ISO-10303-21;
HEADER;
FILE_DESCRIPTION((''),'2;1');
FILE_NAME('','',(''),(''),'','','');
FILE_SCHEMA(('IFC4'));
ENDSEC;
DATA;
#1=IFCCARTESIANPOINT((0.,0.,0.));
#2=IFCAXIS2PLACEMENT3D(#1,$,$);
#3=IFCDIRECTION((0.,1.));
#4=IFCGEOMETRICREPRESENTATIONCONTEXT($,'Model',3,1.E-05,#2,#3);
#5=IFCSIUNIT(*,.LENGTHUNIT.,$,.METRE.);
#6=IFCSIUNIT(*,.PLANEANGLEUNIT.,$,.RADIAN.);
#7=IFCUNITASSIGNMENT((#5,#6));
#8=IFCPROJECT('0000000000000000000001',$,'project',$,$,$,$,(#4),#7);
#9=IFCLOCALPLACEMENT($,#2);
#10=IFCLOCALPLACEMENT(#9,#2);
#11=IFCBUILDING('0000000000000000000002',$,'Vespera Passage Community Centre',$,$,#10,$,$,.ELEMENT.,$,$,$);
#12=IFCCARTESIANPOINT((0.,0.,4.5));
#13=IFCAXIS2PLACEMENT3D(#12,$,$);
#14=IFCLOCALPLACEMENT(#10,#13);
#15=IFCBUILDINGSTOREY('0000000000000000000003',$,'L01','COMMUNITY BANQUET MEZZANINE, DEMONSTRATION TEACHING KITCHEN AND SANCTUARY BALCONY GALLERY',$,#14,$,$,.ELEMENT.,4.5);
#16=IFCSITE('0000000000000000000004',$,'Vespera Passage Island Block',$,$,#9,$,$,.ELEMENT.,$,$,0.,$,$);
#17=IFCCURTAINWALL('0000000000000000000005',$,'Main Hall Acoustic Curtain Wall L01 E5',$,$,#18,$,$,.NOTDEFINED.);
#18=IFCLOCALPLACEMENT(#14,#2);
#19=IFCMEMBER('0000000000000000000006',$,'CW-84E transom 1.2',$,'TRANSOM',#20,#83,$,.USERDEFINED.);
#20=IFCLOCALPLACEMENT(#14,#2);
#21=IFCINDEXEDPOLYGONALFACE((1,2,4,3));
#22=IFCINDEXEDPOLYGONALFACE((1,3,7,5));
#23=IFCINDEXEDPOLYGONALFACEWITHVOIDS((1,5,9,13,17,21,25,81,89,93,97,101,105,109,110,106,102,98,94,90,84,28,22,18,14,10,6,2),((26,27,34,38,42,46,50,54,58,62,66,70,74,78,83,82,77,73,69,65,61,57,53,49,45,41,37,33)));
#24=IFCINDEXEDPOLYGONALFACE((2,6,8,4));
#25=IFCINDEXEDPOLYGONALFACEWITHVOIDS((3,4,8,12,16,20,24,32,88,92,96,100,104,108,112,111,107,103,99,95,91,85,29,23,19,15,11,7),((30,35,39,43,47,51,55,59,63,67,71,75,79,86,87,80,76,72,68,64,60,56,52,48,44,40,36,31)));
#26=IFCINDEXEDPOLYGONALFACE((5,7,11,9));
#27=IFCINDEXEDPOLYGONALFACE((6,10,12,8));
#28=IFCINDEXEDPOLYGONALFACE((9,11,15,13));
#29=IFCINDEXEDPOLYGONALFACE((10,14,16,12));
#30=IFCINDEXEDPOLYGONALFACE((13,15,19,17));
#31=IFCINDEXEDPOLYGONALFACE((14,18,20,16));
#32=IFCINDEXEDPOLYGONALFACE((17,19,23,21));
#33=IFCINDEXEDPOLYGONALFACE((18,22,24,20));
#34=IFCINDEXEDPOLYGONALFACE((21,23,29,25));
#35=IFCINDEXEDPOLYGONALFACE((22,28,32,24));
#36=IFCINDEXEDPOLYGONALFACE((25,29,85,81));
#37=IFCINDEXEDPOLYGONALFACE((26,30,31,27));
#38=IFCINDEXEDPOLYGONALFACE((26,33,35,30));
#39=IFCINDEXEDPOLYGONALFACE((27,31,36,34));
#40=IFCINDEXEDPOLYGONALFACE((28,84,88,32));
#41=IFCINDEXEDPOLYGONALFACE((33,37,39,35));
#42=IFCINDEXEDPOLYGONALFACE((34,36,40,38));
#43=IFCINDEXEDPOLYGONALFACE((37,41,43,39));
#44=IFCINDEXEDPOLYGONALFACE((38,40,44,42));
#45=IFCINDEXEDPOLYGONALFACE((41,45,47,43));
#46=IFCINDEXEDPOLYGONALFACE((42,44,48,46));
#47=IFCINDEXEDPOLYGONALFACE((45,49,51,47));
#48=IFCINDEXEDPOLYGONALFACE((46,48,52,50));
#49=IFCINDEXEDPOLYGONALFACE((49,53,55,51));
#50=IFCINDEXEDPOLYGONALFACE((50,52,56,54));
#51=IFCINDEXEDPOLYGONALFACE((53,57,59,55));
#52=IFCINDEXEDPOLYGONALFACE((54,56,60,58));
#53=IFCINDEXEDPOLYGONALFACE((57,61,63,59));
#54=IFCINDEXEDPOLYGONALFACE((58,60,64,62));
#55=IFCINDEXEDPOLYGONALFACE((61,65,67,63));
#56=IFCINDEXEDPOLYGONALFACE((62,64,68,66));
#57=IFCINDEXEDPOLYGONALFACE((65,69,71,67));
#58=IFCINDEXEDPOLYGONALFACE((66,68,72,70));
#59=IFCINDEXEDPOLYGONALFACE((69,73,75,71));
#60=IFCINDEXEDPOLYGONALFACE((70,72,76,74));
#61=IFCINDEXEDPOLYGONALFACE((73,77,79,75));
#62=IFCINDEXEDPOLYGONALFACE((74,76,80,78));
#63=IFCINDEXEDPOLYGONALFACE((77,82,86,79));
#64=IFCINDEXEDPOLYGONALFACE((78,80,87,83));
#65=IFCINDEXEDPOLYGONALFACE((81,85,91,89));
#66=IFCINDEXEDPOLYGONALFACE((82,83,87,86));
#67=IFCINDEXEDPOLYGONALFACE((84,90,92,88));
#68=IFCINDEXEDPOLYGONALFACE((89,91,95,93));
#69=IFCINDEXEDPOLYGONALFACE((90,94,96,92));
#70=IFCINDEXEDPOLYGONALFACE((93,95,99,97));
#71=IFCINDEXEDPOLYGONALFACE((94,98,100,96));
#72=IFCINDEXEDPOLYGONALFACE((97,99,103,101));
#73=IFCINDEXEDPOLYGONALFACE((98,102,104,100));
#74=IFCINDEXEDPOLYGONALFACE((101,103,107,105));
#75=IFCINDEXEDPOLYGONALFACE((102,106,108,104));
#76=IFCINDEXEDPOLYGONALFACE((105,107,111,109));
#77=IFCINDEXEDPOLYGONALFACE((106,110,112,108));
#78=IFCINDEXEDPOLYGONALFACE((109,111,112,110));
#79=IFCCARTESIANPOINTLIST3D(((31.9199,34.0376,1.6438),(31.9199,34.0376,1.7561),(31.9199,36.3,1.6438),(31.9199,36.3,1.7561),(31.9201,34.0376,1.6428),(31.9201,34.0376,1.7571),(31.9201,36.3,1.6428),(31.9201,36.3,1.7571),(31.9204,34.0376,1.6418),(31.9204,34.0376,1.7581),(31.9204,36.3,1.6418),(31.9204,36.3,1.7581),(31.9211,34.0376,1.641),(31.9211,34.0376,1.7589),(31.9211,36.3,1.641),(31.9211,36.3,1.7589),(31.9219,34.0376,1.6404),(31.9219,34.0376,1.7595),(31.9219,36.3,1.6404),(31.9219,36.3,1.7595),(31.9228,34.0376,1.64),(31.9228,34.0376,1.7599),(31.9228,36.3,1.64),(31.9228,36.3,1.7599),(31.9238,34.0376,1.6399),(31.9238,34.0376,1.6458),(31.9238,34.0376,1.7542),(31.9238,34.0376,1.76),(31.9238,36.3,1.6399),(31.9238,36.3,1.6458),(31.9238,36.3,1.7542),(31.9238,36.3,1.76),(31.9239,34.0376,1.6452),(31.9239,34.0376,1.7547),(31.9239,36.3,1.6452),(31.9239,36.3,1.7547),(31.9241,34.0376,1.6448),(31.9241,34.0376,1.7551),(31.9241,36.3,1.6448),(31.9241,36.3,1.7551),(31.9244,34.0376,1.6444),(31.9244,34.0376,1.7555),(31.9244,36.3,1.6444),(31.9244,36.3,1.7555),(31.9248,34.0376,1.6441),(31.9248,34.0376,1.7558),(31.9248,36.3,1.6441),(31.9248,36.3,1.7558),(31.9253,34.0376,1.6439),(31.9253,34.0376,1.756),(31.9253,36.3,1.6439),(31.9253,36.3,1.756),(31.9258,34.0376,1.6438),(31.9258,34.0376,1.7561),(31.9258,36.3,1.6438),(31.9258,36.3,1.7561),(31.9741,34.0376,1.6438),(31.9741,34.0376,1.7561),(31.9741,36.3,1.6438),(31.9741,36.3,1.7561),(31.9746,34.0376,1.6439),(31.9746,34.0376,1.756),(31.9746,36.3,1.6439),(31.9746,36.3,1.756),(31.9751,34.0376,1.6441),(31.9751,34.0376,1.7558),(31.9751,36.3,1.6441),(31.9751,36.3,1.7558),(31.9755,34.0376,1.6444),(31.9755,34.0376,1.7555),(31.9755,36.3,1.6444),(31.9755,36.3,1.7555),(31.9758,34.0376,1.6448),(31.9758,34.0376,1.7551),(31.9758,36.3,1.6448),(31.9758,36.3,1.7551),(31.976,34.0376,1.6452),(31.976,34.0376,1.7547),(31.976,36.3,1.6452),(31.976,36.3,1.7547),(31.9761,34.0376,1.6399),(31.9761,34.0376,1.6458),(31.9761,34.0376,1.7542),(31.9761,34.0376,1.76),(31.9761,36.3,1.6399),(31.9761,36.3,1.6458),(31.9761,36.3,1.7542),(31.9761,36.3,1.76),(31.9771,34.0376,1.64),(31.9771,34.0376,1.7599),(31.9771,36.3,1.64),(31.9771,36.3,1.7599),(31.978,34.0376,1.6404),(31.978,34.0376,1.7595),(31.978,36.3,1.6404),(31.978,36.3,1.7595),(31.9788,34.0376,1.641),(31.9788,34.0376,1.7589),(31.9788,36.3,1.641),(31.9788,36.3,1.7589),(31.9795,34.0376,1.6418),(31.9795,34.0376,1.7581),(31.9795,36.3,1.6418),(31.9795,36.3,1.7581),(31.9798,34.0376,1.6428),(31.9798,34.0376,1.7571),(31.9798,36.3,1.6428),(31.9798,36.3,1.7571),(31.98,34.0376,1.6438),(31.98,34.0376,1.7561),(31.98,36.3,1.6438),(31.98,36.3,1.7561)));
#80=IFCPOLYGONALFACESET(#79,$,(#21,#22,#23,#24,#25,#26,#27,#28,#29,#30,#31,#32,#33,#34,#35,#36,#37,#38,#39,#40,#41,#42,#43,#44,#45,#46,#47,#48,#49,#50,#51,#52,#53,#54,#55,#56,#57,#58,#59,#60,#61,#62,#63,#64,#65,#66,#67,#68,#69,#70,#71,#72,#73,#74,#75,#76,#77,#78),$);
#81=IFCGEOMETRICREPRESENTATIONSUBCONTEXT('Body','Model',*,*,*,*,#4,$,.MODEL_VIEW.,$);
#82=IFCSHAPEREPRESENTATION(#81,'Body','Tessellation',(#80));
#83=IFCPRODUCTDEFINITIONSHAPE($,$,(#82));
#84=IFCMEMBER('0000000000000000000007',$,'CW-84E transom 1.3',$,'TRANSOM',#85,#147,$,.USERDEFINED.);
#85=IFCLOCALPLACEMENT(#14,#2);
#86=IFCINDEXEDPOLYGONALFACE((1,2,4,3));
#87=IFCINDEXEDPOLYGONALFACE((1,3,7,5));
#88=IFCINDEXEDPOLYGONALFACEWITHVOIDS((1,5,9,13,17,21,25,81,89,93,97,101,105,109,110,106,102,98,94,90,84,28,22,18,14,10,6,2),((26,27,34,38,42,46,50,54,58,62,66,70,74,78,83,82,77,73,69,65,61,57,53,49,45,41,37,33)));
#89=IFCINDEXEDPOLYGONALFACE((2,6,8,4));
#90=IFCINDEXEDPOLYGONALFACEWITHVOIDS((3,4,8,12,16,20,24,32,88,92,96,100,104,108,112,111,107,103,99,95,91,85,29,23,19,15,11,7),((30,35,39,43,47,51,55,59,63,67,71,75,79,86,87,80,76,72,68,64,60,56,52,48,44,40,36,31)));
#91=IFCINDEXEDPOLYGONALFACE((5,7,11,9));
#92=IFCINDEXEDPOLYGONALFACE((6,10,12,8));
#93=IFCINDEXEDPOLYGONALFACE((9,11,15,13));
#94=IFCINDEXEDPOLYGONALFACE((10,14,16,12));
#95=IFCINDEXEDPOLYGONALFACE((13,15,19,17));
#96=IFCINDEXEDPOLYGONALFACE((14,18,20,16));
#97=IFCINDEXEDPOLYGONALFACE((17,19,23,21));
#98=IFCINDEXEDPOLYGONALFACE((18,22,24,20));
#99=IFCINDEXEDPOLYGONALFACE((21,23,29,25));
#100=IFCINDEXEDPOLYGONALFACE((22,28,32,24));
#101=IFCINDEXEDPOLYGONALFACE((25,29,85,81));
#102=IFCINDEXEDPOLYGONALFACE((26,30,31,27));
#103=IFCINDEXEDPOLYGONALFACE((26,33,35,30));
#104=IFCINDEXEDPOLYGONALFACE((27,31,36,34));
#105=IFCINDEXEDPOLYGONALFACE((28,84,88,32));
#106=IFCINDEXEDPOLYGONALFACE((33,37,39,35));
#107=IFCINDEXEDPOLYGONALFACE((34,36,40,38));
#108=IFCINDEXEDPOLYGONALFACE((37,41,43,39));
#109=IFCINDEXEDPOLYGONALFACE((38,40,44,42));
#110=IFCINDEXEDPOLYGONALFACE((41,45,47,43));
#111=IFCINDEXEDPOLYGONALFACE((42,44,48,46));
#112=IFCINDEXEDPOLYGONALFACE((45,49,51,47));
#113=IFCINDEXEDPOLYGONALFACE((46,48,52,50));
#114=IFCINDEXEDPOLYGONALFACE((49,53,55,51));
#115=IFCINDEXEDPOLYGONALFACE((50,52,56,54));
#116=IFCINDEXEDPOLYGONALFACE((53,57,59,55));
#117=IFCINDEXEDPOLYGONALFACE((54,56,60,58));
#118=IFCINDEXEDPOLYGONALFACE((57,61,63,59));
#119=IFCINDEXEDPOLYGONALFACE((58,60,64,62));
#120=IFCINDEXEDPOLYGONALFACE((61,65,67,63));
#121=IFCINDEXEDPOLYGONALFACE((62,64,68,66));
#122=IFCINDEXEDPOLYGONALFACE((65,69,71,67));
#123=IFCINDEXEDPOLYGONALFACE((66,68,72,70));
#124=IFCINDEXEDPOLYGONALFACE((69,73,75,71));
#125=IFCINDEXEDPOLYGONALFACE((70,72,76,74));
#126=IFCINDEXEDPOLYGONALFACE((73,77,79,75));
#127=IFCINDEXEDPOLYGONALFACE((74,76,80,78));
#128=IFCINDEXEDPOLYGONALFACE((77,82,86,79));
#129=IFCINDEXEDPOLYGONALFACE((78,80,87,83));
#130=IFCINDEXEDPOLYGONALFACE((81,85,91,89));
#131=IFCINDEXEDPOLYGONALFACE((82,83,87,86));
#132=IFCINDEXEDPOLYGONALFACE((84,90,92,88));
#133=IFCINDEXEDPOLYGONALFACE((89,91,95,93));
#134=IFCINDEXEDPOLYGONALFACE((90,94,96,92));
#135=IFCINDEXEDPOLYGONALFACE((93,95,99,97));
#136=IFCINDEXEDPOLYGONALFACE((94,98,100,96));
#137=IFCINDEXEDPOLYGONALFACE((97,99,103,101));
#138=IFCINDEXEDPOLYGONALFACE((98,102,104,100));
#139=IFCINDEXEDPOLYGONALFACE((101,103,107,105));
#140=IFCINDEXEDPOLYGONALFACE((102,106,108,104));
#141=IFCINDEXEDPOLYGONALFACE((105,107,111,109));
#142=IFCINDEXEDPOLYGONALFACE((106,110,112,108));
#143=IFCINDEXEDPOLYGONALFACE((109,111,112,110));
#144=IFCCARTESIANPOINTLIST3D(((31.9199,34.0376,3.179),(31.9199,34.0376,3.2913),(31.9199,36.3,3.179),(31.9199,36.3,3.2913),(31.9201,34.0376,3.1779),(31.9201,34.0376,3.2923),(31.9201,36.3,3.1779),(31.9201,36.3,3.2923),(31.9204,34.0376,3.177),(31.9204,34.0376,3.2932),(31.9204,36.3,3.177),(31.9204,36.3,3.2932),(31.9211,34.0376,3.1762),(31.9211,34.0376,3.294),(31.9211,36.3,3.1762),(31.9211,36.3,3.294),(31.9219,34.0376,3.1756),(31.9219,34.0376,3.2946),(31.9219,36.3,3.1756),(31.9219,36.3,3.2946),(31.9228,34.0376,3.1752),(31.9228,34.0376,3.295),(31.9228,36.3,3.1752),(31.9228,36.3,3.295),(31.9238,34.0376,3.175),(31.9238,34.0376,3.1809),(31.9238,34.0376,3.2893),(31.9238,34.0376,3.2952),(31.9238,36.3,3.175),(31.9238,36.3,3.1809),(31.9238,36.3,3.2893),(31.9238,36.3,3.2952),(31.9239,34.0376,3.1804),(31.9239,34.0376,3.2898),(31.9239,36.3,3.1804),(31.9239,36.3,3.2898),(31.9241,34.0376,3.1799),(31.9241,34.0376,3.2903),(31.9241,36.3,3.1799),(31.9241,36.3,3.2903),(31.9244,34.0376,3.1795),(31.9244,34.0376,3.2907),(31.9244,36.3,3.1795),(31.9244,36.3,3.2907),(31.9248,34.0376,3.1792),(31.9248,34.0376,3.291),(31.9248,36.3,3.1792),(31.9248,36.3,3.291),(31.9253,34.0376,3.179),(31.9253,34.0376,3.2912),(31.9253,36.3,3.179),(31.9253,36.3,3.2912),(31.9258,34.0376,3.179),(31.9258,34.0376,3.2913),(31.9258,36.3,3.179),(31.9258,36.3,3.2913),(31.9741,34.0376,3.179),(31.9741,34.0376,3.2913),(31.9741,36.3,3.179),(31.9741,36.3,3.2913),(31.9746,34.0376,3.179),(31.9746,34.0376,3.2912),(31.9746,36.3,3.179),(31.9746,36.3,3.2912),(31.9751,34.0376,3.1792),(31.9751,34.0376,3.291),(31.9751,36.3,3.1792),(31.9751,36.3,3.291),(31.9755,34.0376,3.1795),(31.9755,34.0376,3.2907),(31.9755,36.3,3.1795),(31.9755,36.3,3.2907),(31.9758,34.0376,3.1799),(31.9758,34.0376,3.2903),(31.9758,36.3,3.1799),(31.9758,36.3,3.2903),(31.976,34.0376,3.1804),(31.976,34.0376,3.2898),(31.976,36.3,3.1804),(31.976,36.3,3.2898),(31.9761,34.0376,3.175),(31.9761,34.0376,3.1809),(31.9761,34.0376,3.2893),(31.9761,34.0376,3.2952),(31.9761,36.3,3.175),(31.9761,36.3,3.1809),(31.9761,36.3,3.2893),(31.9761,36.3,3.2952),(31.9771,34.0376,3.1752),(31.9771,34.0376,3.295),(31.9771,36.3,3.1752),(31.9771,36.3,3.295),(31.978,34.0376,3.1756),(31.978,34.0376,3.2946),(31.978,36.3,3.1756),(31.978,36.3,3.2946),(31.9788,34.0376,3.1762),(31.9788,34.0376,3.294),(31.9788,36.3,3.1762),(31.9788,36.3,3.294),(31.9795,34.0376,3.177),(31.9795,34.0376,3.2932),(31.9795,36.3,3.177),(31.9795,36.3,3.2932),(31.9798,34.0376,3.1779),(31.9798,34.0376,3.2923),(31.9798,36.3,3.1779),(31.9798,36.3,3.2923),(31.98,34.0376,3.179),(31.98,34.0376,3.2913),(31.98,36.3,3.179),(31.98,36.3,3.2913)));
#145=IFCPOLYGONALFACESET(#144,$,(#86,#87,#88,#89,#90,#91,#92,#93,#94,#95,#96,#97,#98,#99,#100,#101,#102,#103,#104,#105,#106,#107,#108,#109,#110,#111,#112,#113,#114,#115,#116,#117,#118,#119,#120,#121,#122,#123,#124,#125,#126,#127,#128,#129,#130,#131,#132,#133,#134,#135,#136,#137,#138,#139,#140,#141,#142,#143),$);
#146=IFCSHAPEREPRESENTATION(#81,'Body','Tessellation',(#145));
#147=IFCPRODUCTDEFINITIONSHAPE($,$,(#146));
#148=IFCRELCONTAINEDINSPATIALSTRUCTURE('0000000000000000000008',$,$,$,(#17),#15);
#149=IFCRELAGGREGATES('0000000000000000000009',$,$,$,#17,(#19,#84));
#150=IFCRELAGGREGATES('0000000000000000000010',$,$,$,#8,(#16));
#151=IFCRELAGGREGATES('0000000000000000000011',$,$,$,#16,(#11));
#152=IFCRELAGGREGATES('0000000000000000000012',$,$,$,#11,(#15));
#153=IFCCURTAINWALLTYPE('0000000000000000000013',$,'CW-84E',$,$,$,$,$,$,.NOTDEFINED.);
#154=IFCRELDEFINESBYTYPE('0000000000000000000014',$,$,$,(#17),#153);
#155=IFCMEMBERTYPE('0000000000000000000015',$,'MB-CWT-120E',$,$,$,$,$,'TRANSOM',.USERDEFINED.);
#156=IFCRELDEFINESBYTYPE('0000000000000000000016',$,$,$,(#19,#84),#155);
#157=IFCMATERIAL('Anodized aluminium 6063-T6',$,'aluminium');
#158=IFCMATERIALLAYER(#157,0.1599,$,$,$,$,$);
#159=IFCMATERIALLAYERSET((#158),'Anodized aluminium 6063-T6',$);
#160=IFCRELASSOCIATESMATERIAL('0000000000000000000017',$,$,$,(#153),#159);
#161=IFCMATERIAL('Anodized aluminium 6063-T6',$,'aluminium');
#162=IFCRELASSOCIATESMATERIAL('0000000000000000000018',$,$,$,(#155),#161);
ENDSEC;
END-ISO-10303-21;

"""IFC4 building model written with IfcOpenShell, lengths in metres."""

from ifc_helpers import new_model, si_unit, direction, frame, origin, origin_2d, place, context, subcontext, project, spatial, hollow_rectangle, extrude, material, layer, layer_set, material_profile, profile_set, type_object, element, aggregate, save


model = new_model("IFC4")

# Units and contexts
model_context = context("Model", 3, precision=1e-05, world=origin(), true_north=direction((0.0, 1.0)))
body_context = subcontext(model_context, "Body", "Model", "MODEL_VIEW")
ifc_project = project(units=[si_unit("LENGTHUNIT", "METRE"), si_unit("PLANEANGLEUNIT", "RADIAN")], contexts=[model_context])

# Site, building, storey
site_placement = place(None, origin())
site = spatial("IfcSite", under=ifc_project, at=site_placement, Name="Vespera Passage Island Block", CompositionType="ELEMENT", RefElevation=0.0)
building_placement = place(site_placement, origin())
building = spatial("IfcBuilding", under=site, at=building_placement, Name="Vespera Passage Community Centre", CompositionType="ELEMENT")
storey_placement = place(building_placement, frame((0.0, 0.0, 4.5)))
storey = spatial("IfcBuildingStorey", under=building, at=storey_placement, Name="L01", Description="COMMUNITY BANQUET MEZZANINE, DEMONSTRATION TEACHING KITCHEN AND SANCTUARY BALCONY GALLERY", CompositionType="ELEMENT", Elevation=4.5)

# Curtain wall
ifc_material_1 = material(Name="Anodized aluminium 6063-T6", Category="aluminium")
ifc_layer_1 = layer(ifc_material_1, 0.1599)
ifc_layer_set_1 = layer_set([ifc_layer_1], Name="Anodized aluminium 6063-T6")
curtain_wall_type = type_object("IfcCurtainWallType", Name="CW-84E", PredefinedType="NOTDEFINED", material=ifc_layer_set_1)
curtain_wall_1_placement = place(storey_placement, origin())
curtain_wall_1 = element("IfcCurtainWall", 1, at=curtain_wall_1_placement, inside=storey, type_object=curtain_wall_type, Name="Main Hall Acoustic Curtain Wall L01 E5", PredefinedType="NOTDEFINED")

# Members
ifc_material_2 = material(Name="Anodized aluminium 6063-T6", Category="aluminium")
ifc_material_profile_1 = material_profile(ifc_material_2, hollow_rectangle(XDim=0.0601, YDim=0.1201, WallThickness=0.0039, InnerFilletRadius=0.002, OuterFilletRadius=0.0039, at=origin_2d()), Name="ALU120X60X4")
ifc_profile_set_1 = profile_set([ifc_material_profile_1], Name="Anodized aluminium 6063-T6")
member_type_1 = type_object("IfcMemberType", Name="MB-CWT-120E", ElementType="TRANSOM", PredefinedType="USERDEFINED", material=ifc_profile_set_1)
member_1_placement = place(storey_placement, frame((31.95, 36.3, 1.7), z_axis=(0.0, -1.0, 0.0), x_axis=(1.0, 0.0, 0.0)))
member_1 = element("IfcMember", 2, at=member_1_placement, type_object=member_type_1, Name="CW-84E transom 1.2", ObjectType="TRANSOM", PredefinedType="USERDEFINED", context=body_context, shape_type="SweptSolid", body=[
    extrude(hollow_rectangle(XDim=0.0601, YDim=0.1201, WallThickness=0.0039, InnerFilletRadius=0.002, OuterFilletRadius=0.0039, at=origin_2d()), origin(), (0.0, 0.0, 1.0), 2.2625),
])
member_2_placement = place(storey_placement, frame((31.95, 36.3, 3.2351), z_axis=(0.0, -1.0, 0.0), x_axis=(1.0, 0.0, 0.0)))
member_2 = element("IfcMember", 3, at=member_2_placement, type_object=member_type_1, Name="CW-84E transom 1.3", ObjectType="TRANSOM", PredefinedType="USERDEFINED", context=body_context, shape_type="SweptSolid", body=[
    extrude(hollow_rectangle(XDim=0.0601, YDim=0.1201, WallThickness=0.0039, InnerFilletRadius=0.002, OuterFilletRadius=0.0039, at=origin_2d()), origin(), (0.0, 0.0, 1.0), 2.2625),
])

aggregate(curtain_wall_1, [member_1, member_2])

save(model, "model.ifc")
